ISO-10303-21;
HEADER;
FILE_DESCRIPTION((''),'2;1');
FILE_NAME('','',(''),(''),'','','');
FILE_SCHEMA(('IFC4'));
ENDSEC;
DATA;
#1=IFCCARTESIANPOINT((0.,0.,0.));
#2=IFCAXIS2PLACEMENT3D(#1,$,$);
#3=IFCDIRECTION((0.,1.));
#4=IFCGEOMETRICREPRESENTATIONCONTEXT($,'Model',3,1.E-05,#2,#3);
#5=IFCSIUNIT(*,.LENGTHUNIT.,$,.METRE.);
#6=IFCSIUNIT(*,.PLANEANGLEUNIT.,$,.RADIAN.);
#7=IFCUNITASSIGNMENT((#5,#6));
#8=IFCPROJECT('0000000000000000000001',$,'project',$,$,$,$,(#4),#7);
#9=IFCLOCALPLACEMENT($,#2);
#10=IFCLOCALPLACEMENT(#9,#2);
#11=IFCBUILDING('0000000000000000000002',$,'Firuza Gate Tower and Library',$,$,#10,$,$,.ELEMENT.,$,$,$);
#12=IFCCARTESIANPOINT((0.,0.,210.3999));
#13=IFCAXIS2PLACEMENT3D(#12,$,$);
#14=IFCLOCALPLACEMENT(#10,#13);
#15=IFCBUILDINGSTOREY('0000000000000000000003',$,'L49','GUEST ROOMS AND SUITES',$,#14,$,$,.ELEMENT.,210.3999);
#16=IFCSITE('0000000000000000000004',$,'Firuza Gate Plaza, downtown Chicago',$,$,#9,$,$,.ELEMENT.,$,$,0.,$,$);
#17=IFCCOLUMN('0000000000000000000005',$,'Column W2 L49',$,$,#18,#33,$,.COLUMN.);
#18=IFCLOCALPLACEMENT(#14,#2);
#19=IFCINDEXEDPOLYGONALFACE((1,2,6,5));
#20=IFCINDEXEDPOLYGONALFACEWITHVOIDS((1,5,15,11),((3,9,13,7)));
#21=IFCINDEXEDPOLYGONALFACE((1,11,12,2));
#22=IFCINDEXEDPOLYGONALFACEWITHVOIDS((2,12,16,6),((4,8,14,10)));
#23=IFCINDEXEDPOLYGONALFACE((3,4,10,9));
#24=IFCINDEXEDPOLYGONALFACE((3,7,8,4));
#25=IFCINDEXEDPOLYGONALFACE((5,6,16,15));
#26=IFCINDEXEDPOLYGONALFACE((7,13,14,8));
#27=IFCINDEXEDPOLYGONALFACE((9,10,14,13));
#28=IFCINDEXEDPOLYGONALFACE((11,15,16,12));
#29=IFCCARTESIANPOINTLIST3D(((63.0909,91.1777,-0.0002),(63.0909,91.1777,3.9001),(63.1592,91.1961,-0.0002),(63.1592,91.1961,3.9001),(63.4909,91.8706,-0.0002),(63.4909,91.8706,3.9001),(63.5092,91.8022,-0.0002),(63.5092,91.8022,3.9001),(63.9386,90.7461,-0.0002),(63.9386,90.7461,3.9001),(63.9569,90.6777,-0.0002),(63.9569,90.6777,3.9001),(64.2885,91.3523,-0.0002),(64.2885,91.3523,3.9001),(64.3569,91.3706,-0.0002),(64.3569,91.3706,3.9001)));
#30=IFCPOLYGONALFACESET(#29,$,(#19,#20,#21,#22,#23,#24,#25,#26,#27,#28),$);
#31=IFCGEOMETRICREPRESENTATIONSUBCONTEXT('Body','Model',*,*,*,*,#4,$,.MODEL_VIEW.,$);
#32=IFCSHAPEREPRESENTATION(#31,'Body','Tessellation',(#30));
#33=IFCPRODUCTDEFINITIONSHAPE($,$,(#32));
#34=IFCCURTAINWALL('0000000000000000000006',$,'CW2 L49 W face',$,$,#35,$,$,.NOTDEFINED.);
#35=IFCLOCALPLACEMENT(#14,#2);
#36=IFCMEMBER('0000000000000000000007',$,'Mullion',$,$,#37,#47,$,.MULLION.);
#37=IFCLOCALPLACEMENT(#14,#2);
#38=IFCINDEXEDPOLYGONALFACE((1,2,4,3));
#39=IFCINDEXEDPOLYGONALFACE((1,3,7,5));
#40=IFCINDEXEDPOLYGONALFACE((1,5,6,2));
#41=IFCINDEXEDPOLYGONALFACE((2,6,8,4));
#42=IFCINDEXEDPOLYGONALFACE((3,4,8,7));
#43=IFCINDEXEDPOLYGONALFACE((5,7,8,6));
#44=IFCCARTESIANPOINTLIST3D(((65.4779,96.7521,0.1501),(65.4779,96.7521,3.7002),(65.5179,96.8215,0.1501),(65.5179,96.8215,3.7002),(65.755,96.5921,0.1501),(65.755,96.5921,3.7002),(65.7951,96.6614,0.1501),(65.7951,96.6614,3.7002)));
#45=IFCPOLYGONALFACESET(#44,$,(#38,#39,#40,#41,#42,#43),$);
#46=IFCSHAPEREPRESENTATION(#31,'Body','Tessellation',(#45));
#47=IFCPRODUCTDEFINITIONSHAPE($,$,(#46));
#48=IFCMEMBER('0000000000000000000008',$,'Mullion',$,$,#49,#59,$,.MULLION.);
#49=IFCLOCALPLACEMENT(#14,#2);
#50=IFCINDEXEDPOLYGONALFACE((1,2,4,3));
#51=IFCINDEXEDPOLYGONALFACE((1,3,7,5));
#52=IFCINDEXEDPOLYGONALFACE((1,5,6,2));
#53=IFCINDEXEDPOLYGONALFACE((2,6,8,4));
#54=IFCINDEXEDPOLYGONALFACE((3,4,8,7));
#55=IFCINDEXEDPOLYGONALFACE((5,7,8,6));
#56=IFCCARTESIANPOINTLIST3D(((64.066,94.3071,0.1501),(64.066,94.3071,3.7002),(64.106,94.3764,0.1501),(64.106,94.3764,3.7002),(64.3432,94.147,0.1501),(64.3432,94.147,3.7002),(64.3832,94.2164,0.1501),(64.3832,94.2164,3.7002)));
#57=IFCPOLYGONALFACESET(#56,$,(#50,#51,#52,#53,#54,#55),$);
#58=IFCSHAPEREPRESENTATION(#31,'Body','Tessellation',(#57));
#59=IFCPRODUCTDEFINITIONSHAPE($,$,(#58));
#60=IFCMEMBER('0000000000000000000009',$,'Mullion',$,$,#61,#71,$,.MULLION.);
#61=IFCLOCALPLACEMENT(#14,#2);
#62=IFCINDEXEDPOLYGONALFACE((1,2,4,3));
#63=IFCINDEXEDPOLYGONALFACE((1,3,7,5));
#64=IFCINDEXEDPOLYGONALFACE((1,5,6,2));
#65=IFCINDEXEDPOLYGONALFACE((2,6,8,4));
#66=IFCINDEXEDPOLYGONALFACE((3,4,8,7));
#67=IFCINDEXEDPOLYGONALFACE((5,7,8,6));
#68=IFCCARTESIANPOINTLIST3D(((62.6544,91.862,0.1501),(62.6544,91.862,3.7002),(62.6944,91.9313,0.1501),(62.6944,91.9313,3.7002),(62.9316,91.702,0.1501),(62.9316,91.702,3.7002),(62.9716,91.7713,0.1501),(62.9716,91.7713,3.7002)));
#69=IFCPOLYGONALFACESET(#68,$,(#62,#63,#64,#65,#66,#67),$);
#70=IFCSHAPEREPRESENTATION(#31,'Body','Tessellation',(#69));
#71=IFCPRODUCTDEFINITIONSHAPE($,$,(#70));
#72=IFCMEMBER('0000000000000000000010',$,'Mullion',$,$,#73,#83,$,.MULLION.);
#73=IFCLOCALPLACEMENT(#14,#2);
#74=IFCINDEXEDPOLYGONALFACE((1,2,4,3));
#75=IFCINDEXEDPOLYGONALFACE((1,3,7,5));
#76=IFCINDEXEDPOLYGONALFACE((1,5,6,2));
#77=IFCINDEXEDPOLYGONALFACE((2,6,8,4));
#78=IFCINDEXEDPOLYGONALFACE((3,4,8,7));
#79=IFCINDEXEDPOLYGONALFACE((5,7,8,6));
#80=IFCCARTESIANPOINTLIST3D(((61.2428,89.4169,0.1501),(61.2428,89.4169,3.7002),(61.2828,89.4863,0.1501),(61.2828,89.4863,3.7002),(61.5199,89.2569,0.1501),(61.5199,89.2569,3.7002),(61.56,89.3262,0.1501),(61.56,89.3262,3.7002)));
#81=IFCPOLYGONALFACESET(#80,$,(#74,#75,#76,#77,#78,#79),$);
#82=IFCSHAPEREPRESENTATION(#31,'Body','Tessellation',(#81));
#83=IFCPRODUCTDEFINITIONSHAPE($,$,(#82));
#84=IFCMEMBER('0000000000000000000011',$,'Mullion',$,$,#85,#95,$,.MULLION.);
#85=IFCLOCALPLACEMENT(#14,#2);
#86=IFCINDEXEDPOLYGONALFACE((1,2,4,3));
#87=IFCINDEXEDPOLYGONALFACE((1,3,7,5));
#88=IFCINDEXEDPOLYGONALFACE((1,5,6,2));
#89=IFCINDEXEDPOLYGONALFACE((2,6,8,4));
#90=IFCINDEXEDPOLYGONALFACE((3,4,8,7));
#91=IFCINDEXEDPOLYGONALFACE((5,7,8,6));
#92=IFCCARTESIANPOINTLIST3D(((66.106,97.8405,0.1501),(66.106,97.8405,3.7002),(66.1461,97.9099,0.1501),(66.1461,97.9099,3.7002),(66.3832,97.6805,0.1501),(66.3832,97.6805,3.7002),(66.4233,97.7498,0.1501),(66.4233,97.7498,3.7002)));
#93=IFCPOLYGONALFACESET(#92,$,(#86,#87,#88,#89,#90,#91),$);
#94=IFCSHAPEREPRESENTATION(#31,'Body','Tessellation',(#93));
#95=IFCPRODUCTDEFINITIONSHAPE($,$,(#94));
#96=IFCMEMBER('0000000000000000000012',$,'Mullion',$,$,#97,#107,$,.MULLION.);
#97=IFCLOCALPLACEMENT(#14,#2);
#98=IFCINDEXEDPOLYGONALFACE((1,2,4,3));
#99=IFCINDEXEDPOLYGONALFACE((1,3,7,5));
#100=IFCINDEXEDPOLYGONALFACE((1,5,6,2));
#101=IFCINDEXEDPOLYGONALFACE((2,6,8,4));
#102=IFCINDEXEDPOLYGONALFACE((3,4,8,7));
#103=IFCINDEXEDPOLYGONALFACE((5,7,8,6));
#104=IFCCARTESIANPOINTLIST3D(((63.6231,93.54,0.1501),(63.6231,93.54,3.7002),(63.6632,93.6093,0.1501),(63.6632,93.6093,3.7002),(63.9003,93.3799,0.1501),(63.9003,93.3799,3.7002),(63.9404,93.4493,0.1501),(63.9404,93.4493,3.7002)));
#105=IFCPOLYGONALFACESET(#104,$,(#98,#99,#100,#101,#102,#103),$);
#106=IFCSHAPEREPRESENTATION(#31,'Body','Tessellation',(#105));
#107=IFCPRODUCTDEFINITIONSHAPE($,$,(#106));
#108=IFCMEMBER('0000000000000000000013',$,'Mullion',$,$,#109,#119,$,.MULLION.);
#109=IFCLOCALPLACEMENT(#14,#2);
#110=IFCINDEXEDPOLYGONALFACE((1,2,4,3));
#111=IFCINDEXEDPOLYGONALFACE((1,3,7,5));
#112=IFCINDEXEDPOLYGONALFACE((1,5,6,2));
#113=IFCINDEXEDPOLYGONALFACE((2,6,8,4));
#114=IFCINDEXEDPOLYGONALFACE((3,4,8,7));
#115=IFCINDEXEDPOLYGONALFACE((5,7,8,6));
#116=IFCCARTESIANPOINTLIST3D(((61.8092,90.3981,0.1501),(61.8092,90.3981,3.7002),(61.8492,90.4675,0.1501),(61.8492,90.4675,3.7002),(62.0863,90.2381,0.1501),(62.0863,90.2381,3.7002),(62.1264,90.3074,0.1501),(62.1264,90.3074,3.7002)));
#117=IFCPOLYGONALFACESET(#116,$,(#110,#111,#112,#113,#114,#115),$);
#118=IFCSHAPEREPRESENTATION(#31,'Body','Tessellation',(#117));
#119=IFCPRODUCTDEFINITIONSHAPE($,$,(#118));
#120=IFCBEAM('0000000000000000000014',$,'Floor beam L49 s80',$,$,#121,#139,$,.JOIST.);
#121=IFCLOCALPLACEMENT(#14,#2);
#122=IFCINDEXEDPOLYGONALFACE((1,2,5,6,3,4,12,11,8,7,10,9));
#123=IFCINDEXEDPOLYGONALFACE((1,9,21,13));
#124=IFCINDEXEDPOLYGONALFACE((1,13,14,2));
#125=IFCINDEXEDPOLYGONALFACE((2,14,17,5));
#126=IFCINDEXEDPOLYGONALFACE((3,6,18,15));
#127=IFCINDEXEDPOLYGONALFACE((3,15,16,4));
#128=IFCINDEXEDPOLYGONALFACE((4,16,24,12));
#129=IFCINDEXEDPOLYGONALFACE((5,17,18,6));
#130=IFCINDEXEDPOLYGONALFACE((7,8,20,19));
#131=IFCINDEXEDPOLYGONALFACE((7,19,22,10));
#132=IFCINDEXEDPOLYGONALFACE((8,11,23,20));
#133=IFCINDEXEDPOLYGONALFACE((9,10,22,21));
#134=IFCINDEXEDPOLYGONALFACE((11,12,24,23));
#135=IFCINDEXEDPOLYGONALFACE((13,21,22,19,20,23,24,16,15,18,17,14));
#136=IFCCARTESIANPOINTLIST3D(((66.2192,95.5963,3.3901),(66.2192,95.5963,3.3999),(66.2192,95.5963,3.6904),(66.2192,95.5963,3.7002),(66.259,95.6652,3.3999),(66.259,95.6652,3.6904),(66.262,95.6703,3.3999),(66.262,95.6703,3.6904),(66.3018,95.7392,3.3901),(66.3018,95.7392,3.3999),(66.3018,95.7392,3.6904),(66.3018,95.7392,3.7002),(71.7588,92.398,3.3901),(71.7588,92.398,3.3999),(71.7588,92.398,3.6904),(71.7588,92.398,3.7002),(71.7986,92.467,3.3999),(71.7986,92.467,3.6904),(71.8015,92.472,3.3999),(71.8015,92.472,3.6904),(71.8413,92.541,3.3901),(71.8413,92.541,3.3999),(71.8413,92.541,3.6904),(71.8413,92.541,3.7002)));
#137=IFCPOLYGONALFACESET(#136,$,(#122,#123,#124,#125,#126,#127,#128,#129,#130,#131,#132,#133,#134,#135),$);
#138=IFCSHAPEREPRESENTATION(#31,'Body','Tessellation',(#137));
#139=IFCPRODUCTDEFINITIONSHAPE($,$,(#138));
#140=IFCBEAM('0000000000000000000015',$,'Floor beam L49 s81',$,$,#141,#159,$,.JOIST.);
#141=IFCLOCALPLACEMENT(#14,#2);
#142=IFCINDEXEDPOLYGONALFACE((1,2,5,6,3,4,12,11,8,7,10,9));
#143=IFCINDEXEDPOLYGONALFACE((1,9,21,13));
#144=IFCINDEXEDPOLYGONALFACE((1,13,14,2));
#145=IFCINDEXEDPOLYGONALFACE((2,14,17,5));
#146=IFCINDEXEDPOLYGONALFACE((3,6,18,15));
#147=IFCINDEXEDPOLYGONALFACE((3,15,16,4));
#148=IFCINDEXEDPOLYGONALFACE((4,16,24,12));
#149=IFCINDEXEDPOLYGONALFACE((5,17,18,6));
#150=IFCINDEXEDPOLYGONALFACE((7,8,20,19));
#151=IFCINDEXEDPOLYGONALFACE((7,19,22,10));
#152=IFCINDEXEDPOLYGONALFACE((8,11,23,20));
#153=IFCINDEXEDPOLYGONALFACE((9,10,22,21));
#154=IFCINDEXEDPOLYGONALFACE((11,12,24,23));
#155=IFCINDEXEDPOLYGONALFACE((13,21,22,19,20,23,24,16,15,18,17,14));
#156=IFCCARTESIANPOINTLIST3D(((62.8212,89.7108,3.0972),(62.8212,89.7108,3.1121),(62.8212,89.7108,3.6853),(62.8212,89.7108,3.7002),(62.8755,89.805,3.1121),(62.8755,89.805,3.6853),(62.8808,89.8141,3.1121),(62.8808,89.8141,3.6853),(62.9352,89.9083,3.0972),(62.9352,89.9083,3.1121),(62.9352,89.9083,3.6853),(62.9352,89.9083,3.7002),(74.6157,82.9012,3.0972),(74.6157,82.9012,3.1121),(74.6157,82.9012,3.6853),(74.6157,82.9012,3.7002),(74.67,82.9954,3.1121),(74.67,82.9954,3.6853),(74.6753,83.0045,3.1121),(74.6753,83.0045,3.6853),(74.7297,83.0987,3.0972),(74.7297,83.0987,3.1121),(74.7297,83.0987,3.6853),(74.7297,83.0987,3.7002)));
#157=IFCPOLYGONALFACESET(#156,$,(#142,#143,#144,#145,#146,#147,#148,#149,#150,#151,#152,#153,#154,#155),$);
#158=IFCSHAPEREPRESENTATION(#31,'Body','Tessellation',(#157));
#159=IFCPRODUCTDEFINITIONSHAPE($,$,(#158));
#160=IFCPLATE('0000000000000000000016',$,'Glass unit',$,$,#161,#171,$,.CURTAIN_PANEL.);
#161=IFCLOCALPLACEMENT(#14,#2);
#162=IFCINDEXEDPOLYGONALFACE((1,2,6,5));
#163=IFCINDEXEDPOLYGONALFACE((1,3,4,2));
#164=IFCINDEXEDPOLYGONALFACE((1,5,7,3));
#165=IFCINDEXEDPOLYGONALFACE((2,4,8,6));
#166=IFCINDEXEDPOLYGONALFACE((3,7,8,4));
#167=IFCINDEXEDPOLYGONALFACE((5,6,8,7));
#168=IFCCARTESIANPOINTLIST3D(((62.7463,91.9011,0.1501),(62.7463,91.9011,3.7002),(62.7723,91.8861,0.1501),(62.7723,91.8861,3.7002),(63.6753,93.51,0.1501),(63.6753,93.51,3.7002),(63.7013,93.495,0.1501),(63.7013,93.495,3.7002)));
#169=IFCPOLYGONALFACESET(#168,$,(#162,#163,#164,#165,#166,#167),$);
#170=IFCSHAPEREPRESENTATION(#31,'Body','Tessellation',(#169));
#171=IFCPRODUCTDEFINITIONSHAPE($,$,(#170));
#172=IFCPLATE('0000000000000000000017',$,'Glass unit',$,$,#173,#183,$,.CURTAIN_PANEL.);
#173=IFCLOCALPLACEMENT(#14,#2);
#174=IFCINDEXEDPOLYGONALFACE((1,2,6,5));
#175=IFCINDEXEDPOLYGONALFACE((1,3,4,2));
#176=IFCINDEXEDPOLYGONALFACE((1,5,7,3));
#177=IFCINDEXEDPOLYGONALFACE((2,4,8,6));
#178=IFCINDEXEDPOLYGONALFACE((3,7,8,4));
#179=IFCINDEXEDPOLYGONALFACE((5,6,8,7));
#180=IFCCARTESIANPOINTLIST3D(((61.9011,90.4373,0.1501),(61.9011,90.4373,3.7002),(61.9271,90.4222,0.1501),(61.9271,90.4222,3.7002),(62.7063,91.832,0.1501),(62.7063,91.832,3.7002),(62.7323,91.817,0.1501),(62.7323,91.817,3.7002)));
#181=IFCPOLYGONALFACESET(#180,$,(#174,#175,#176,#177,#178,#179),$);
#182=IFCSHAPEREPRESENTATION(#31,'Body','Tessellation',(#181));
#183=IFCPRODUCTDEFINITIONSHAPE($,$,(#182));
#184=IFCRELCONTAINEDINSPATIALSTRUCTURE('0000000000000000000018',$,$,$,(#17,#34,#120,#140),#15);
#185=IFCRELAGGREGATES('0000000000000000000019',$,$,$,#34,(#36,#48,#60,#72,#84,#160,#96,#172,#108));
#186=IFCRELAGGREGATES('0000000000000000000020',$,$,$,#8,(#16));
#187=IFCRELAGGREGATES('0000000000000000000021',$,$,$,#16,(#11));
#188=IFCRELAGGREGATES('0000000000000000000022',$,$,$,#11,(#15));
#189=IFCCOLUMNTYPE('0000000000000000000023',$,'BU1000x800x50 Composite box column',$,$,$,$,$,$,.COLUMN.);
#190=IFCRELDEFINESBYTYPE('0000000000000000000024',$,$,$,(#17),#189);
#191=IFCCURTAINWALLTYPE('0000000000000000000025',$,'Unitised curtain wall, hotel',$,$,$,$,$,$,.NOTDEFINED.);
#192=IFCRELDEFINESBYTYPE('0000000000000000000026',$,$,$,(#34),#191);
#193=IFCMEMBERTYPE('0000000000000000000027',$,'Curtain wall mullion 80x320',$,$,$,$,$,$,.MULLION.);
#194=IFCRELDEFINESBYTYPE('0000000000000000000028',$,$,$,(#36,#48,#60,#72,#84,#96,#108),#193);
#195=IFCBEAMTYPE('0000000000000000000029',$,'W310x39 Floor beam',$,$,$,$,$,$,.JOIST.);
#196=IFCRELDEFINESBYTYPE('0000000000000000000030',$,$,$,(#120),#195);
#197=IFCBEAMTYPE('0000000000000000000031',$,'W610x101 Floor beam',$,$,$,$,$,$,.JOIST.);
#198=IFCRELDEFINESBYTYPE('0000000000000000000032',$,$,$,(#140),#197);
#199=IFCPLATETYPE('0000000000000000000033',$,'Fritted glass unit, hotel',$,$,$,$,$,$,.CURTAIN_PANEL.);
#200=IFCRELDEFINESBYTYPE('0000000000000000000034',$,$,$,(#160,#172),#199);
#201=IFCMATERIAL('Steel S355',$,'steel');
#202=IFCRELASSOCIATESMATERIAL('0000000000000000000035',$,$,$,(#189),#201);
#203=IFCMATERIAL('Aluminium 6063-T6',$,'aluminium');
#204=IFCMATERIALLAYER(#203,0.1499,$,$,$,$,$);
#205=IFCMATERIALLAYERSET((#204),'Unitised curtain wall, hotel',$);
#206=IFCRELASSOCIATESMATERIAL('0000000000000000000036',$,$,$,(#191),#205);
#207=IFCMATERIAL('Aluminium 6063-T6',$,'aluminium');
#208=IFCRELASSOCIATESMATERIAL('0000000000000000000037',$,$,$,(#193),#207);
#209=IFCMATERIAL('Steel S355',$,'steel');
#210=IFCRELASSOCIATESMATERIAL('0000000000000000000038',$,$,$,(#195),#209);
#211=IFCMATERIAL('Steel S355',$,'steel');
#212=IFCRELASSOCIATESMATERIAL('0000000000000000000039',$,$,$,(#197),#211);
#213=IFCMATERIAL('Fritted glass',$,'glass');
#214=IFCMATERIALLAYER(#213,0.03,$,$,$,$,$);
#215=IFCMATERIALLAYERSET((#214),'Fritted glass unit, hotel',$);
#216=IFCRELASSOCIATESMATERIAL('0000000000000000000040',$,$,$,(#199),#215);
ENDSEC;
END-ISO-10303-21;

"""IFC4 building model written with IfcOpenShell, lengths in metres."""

from ifc_helpers import new_model, si_unit, direction, frame, origin, origin_2d, place, context, subcontext, project, spatial, polyline, rectangle, hollow_rectangle, i_section, outline, extrude, material, layer, layer_set, material_profile, profile_set, type_object, element, aggregate, save


model = new_model("IFC4")

# Units and contexts
model_context = context("Model", 3, precision=1e-05, world=origin(), true_north=direction((0.0, 1.0)))
body_context = subcontext(model_context, "Body", "Model", "MODEL_VIEW")
ifc_project = project(units=[si_unit("LENGTHUNIT", "METRE"), si_unit("PLANEANGLEUNIT", "RADIAN")], contexts=[model_context])

# Site, building, storey
site_placement = place(None, origin())
site = spatial("IfcSite", under=ifc_project, at=site_placement, Name="Firuza Gate Plaza, downtown Chicago", CompositionType="ELEMENT", RefElevation=0.0)
building_placement = place(site_placement, origin())
building = spatial("IfcBuilding", under=site, at=building_placement, Name="Firuza Gate Tower and Library", CompositionType="ELEMENT")
storey_placement = place(building_placement, frame((0.0, 0.0, 210.3999)))
storey = spatial("IfcBuildingStorey", under=building, at=storey_placement, Name="L49", Description="GUEST ROOMS AND SUITES", CompositionType="ELEMENT", Elevation=210.3999)

# Column
ifc_material_1 = material(Name="Steel S355", Category="steel")
ifc_material_profile_1 = material_profile(ifc_material_1, hollow_rectangle(XDim=0.8, YDim=1.0, WallThickness=0.05, at=origin_2d()))
ifc_profile_set_1 = profile_set([ifc_material_profile_1], Name="Steel S355")
column_type = type_object("IfcColumnType", Name="BU1000x800x50 Composite box column", PredefinedType="COLUMN", material=ifc_profile_set_1)
column_placement = place(storey_placement, frame((63.7239, 91.2742, -0.0002), z_axis=(0.0, 0.0, 1.0), x_axis=(-0.5, -0.866025, 0.0)))
element("IfcColumn", 1, at=column_placement, inside=storey, type_object=column_type, Name="Column W2 L49", PredefinedType="COLUMN", context=body_context, shape_type="SweptSolid", body=[
    extrude(hollow_rectangle(XDim=0.8, YDim=1.0, WallThickness=0.05, at=origin_2d()), origin(), (0.0, 0.0, 1.0), 3.9004),
])

# Curtain wall, members
ifc_material_2 = material(Name="Aluminium 6063-T6", Category="aluminium")
ifc_layer_1 = layer(ifc_material_2, 0.1499)
ifc_layer_set_1 = layer_set([ifc_layer_1], Name="Unitised curtain wall, hotel")
curtain_wall_type = type_object("IfcCurtainWallType", Name="Unitised curtain wall, hotel", PredefinedType="NOTDEFINED", material=ifc_layer_set_1)
placement = place(storey_placement, origin())
curtain_wall = element("IfcCurtainWall", 2, at=placement, inside=storey, type_object=curtain_wall_type, Name="CW2 L49 W face", PredefinedType="NOTDEFINED")
ifc_material_3 = material(Name="Aluminium 6063-T6", Category="aluminium")
ifc_material_profile_2 = material_profile(ifc_material_3, rectangle(XDim=0.3201, YDim=0.0801, at=origin_2d()))
ifc_profile_set_2 = profile_set([ifc_material_profile_2], Name="Aluminium 6063-T6")
member_type = type_object("IfcMemberType", Name="Curtain wall mullion 80x320", PredefinedType="MULLION", material=ifc_profile_set_2)
member_1_placement = place(storey_placement, frame((65.6365, 96.7068, 0.1501), z_axis=(0.0, 0.0, 1.0), x_axis=(0.866025, -0.5, 0.0)))
member_1 = element("IfcMember", 3, at=member_1_placement, type_object=member_type, Name="Mullion", PredefinedType="MULLION", context=body_context, shape_type="SweptSolid", body=[
    extrude(rectangle(XDim=0.3201, YDim=0.0801, at=origin_2d()), origin(), (0.0, 0.0, 1.0), 3.55),
])
member_2_placement = place(storey_placement, frame((64.2246, 94.2617, 0.1501), z_axis=(0.0, 0.0, 1.0), x_axis=(0.866025, -0.5, 0.0)))
member_2 = element("IfcMember", 4, at=member_2_placement, type_object=member_type, Name="Mullion", PredefinedType="MULLION", context=body_context, shape_type="SweptSolid", body=[
    extrude(rectangle(XDim=0.3201, YDim=0.0801, at=origin_2d()), origin(), (0.0, 0.0, 1.0), 3.55),
])
member_3_placement = place(storey_placement, frame((62.813, 91.8167, 0.1501), z_axis=(0.0, 0.0, 1.0), x_axis=(0.866025, -0.5, 0.0)))
member_3 = element("IfcMember", 5, at=member_3_placement, type_object=member_type, Name="Mullion", PredefinedType="MULLION", context=body_context, shape_type="SweptSolid", body=[
    extrude(rectangle(XDim=0.3201, YDim=0.0801, at=origin_2d()), origin(), (0.0, 0.0, 1.0), 3.55),
])
member_4_placement = place(storey_placement, frame((61.4014, 89.3716, 0.1501), z_axis=(0.0, 0.0, 1.0), x_axis=(0.866025, -0.5, 0.0)))
member_4 = element("IfcMember", 6, at=member_4_placement, type_object=member_type, Name="Mullion", PredefinedType="MULLION", context=body_context, shape_type="SweptSolid", body=[
    extrude(rectangle(XDim=0.3201, YDim=0.0801, at=origin_2d()), origin(), (0.0, 0.0, 1.0), 3.55),
])
member_5_placement = place(storey_placement, frame((66.2646, 97.7952, 0.1501), z_axis=(0.0, 0.0, 1.0), x_axis=(0.866025, -0.5, 0.0)))
member_5 = element("IfcMember", 7, at=member_5_placement, type_object=member_type, Name="Mullion", PredefinedType="MULLION", context=body_context, shape_type="SweptSolid", body=[
    extrude(rectangle(XDim=0.3201, YDim=0.0801, at=origin_2d()), origin(), (0.0, 0.0, 1.0), 3.55),
])
member_6_placement = place(storey_placement, frame((63.7817, 93.4946, 0.1501), z_axis=(0.0, 0.0, 1.0), x_axis=(0.866025, -0.5, 0.0)))
member_6 = element("IfcMember", 8, at=member_6_placement, type_object=member_type, Name="Mullion", PredefinedType="MULLION", context=body_context, shape_type="SweptSolid", body=[
    extrude(rectangle(XDim=0.3201, YDim=0.0801, at=origin_2d()), origin(), (0.0, 0.0, 1.0), 3.55),
])
member_7_placement = place(storey_placement, frame((61.9678, 90.3528, 0.1501), z_axis=(0.0, 0.0, 1.0), x_axis=(0.866025, -0.5, 0.0)))
member_7 = element("IfcMember", 9, at=member_7_placement, type_object=member_type, Name="Mullion", PredefinedType="MULLION", context=body_context, shape_type="SweptSolid", body=[
    extrude(rectangle(XDim=0.3201, YDim=0.0801, at=origin_2d()), origin(), (0.0, 0.0, 1.0), 3.55),
])

# Beams
ifc_material_4 = material(Name="Steel S355", Category="steel")
ifc_material_profile_3 = material_profile(ifc_material_4, i_section(OverallWidth=0.165, OverallDepth=0.3101, WebThickness=0.0059, FlangeThickness=0.0098, at=origin_2d()))
ifc_profile_set_3 = profile_set([ifc_material_profile_3], Name="Steel S355")
beam_type_1 = type_object("IfcBeamType", Name="W310x39 Floor beam", PredefinedType="JOIST", material=ifc_profile_set_3)
beam_1_placement = place(storey_placement, frame((66.2605, 95.6677, 3.5452), z_axis=(0.866027, -0.499998, 0.0), x_axis=(0.499998, 0.866027, 0.0)))
element("IfcBeam", 10, at=beam_1_placement, inside=storey, type_object=beam_type_1, Name="Floor beam L49 s80", PredefinedType="JOIST", context=body_context, shape_type="SweptSolid", body=[
    extrude(i_section(OverallWidth=0.165, OverallDepth=0.3101, WebThickness=0.0059, FlangeThickness=0.0098, at=origin_2d()), origin(), (0.0, 0.0, 1.0), 6.3965),
])
ifc_material_5 = material(Name="Steel S355", Category="steel")
ifc_material_profile_4 = material_profile(ifc_material_5, i_section(OverallWidth=0.228, OverallDepth=0.603, WebThickness=0.0105, FlangeThickness=0.0149, at=origin_2d()))
ifc_profile_set_4 = profile_set([ifc_material_profile_4], Name="Steel S355")
beam_type_2 = type_object("IfcBeamType", Name="W610x101 Floor beam", PredefinedType="JOIST", material=ifc_profile_set_4)
beam_2_placement = place(storey_placement, frame((62.8782, 89.8096, 3.3987), z_axis=(0.866024, -0.500003, 0.0), x_axis=(0.500003, 0.866024, 0.0)))
element("IfcBeam", 11, at=beam_2_placement, inside=storey, type_object=beam_type_2, Name="Floor beam L49 s81", PredefinedType="JOIST", context=body_context, shape_type="SweptSolid", body=[
    extrude(i_section(OverallWidth=0.228, OverallDepth=0.603, WebThickness=0.0105, FlangeThickness=0.0149, at=origin_2d()), origin(), (0.0, 0.0, 1.0), 13.6191),
])

# Plates
ifc_material_6 = material(Name="Fritted glass", Category="glass")
ifc_layer_2 = layer(ifc_material_6, 0.03)
ifc_layer_set_2 = layer_set([ifc_layer_2], Name="Fritted glass unit, hotel")
plate_type_1 = type_object("IfcPlateType", Name="Fritted glass unit, hotel", PredefinedType="CURTAIN_PANEL", material=ifc_layer_set_2)
plate_1_placement = place(storey_placement, frame((63.6753, 93.51, 0.1501), z_axis=(-0.866011, 0.500026, 0.0), x_axis=(-0.500026, -0.866011, 0.0)))
plate_1 = element("IfcPlate", 12, at=plate_1_placement, type_object=plate_type_1, Name="Glass unit", PredefinedType="CURTAIN_PANEL", context=body_context, shape_type="SweptSolid", body=[
    extrude(outline(polyline([(0.0, 0.0), (1.8578, 0.0), (1.8578, 3.55), (0.0, 3.55), (0.0, 0.0)])), origin(), (0.0, 0.0, -1.0), 0.03),
])
plate_2_placement = place(storey_placement, frame((62.7063, 91.832, 0.1501), z_axis=(-0.866052, 0.499954, 0.0), x_axis=(-0.499954, -0.866052, 0.0)))
plate_2 = element("IfcPlate", 13, at=plate_2_placement, type_object=plate_type_1, Name="Glass unit", PredefinedType="CURTAIN_PANEL", context=body_context, shape_type="SweptSolid", body=[
    extrude(outline(polyline([(0.0, 0.0), (1.6105, 0.0), (1.6105, 3.55), (0.0, 3.55), (0.0, 0.0)])), origin(), (0.0, 0.0, -1.0), 0.03),
])
aggregate(curtain_wall, [member_1, member_2, member_3, member_4, member_5, plate_1, member_6, plate_2, member_7])

save(model, "model.ifc")
